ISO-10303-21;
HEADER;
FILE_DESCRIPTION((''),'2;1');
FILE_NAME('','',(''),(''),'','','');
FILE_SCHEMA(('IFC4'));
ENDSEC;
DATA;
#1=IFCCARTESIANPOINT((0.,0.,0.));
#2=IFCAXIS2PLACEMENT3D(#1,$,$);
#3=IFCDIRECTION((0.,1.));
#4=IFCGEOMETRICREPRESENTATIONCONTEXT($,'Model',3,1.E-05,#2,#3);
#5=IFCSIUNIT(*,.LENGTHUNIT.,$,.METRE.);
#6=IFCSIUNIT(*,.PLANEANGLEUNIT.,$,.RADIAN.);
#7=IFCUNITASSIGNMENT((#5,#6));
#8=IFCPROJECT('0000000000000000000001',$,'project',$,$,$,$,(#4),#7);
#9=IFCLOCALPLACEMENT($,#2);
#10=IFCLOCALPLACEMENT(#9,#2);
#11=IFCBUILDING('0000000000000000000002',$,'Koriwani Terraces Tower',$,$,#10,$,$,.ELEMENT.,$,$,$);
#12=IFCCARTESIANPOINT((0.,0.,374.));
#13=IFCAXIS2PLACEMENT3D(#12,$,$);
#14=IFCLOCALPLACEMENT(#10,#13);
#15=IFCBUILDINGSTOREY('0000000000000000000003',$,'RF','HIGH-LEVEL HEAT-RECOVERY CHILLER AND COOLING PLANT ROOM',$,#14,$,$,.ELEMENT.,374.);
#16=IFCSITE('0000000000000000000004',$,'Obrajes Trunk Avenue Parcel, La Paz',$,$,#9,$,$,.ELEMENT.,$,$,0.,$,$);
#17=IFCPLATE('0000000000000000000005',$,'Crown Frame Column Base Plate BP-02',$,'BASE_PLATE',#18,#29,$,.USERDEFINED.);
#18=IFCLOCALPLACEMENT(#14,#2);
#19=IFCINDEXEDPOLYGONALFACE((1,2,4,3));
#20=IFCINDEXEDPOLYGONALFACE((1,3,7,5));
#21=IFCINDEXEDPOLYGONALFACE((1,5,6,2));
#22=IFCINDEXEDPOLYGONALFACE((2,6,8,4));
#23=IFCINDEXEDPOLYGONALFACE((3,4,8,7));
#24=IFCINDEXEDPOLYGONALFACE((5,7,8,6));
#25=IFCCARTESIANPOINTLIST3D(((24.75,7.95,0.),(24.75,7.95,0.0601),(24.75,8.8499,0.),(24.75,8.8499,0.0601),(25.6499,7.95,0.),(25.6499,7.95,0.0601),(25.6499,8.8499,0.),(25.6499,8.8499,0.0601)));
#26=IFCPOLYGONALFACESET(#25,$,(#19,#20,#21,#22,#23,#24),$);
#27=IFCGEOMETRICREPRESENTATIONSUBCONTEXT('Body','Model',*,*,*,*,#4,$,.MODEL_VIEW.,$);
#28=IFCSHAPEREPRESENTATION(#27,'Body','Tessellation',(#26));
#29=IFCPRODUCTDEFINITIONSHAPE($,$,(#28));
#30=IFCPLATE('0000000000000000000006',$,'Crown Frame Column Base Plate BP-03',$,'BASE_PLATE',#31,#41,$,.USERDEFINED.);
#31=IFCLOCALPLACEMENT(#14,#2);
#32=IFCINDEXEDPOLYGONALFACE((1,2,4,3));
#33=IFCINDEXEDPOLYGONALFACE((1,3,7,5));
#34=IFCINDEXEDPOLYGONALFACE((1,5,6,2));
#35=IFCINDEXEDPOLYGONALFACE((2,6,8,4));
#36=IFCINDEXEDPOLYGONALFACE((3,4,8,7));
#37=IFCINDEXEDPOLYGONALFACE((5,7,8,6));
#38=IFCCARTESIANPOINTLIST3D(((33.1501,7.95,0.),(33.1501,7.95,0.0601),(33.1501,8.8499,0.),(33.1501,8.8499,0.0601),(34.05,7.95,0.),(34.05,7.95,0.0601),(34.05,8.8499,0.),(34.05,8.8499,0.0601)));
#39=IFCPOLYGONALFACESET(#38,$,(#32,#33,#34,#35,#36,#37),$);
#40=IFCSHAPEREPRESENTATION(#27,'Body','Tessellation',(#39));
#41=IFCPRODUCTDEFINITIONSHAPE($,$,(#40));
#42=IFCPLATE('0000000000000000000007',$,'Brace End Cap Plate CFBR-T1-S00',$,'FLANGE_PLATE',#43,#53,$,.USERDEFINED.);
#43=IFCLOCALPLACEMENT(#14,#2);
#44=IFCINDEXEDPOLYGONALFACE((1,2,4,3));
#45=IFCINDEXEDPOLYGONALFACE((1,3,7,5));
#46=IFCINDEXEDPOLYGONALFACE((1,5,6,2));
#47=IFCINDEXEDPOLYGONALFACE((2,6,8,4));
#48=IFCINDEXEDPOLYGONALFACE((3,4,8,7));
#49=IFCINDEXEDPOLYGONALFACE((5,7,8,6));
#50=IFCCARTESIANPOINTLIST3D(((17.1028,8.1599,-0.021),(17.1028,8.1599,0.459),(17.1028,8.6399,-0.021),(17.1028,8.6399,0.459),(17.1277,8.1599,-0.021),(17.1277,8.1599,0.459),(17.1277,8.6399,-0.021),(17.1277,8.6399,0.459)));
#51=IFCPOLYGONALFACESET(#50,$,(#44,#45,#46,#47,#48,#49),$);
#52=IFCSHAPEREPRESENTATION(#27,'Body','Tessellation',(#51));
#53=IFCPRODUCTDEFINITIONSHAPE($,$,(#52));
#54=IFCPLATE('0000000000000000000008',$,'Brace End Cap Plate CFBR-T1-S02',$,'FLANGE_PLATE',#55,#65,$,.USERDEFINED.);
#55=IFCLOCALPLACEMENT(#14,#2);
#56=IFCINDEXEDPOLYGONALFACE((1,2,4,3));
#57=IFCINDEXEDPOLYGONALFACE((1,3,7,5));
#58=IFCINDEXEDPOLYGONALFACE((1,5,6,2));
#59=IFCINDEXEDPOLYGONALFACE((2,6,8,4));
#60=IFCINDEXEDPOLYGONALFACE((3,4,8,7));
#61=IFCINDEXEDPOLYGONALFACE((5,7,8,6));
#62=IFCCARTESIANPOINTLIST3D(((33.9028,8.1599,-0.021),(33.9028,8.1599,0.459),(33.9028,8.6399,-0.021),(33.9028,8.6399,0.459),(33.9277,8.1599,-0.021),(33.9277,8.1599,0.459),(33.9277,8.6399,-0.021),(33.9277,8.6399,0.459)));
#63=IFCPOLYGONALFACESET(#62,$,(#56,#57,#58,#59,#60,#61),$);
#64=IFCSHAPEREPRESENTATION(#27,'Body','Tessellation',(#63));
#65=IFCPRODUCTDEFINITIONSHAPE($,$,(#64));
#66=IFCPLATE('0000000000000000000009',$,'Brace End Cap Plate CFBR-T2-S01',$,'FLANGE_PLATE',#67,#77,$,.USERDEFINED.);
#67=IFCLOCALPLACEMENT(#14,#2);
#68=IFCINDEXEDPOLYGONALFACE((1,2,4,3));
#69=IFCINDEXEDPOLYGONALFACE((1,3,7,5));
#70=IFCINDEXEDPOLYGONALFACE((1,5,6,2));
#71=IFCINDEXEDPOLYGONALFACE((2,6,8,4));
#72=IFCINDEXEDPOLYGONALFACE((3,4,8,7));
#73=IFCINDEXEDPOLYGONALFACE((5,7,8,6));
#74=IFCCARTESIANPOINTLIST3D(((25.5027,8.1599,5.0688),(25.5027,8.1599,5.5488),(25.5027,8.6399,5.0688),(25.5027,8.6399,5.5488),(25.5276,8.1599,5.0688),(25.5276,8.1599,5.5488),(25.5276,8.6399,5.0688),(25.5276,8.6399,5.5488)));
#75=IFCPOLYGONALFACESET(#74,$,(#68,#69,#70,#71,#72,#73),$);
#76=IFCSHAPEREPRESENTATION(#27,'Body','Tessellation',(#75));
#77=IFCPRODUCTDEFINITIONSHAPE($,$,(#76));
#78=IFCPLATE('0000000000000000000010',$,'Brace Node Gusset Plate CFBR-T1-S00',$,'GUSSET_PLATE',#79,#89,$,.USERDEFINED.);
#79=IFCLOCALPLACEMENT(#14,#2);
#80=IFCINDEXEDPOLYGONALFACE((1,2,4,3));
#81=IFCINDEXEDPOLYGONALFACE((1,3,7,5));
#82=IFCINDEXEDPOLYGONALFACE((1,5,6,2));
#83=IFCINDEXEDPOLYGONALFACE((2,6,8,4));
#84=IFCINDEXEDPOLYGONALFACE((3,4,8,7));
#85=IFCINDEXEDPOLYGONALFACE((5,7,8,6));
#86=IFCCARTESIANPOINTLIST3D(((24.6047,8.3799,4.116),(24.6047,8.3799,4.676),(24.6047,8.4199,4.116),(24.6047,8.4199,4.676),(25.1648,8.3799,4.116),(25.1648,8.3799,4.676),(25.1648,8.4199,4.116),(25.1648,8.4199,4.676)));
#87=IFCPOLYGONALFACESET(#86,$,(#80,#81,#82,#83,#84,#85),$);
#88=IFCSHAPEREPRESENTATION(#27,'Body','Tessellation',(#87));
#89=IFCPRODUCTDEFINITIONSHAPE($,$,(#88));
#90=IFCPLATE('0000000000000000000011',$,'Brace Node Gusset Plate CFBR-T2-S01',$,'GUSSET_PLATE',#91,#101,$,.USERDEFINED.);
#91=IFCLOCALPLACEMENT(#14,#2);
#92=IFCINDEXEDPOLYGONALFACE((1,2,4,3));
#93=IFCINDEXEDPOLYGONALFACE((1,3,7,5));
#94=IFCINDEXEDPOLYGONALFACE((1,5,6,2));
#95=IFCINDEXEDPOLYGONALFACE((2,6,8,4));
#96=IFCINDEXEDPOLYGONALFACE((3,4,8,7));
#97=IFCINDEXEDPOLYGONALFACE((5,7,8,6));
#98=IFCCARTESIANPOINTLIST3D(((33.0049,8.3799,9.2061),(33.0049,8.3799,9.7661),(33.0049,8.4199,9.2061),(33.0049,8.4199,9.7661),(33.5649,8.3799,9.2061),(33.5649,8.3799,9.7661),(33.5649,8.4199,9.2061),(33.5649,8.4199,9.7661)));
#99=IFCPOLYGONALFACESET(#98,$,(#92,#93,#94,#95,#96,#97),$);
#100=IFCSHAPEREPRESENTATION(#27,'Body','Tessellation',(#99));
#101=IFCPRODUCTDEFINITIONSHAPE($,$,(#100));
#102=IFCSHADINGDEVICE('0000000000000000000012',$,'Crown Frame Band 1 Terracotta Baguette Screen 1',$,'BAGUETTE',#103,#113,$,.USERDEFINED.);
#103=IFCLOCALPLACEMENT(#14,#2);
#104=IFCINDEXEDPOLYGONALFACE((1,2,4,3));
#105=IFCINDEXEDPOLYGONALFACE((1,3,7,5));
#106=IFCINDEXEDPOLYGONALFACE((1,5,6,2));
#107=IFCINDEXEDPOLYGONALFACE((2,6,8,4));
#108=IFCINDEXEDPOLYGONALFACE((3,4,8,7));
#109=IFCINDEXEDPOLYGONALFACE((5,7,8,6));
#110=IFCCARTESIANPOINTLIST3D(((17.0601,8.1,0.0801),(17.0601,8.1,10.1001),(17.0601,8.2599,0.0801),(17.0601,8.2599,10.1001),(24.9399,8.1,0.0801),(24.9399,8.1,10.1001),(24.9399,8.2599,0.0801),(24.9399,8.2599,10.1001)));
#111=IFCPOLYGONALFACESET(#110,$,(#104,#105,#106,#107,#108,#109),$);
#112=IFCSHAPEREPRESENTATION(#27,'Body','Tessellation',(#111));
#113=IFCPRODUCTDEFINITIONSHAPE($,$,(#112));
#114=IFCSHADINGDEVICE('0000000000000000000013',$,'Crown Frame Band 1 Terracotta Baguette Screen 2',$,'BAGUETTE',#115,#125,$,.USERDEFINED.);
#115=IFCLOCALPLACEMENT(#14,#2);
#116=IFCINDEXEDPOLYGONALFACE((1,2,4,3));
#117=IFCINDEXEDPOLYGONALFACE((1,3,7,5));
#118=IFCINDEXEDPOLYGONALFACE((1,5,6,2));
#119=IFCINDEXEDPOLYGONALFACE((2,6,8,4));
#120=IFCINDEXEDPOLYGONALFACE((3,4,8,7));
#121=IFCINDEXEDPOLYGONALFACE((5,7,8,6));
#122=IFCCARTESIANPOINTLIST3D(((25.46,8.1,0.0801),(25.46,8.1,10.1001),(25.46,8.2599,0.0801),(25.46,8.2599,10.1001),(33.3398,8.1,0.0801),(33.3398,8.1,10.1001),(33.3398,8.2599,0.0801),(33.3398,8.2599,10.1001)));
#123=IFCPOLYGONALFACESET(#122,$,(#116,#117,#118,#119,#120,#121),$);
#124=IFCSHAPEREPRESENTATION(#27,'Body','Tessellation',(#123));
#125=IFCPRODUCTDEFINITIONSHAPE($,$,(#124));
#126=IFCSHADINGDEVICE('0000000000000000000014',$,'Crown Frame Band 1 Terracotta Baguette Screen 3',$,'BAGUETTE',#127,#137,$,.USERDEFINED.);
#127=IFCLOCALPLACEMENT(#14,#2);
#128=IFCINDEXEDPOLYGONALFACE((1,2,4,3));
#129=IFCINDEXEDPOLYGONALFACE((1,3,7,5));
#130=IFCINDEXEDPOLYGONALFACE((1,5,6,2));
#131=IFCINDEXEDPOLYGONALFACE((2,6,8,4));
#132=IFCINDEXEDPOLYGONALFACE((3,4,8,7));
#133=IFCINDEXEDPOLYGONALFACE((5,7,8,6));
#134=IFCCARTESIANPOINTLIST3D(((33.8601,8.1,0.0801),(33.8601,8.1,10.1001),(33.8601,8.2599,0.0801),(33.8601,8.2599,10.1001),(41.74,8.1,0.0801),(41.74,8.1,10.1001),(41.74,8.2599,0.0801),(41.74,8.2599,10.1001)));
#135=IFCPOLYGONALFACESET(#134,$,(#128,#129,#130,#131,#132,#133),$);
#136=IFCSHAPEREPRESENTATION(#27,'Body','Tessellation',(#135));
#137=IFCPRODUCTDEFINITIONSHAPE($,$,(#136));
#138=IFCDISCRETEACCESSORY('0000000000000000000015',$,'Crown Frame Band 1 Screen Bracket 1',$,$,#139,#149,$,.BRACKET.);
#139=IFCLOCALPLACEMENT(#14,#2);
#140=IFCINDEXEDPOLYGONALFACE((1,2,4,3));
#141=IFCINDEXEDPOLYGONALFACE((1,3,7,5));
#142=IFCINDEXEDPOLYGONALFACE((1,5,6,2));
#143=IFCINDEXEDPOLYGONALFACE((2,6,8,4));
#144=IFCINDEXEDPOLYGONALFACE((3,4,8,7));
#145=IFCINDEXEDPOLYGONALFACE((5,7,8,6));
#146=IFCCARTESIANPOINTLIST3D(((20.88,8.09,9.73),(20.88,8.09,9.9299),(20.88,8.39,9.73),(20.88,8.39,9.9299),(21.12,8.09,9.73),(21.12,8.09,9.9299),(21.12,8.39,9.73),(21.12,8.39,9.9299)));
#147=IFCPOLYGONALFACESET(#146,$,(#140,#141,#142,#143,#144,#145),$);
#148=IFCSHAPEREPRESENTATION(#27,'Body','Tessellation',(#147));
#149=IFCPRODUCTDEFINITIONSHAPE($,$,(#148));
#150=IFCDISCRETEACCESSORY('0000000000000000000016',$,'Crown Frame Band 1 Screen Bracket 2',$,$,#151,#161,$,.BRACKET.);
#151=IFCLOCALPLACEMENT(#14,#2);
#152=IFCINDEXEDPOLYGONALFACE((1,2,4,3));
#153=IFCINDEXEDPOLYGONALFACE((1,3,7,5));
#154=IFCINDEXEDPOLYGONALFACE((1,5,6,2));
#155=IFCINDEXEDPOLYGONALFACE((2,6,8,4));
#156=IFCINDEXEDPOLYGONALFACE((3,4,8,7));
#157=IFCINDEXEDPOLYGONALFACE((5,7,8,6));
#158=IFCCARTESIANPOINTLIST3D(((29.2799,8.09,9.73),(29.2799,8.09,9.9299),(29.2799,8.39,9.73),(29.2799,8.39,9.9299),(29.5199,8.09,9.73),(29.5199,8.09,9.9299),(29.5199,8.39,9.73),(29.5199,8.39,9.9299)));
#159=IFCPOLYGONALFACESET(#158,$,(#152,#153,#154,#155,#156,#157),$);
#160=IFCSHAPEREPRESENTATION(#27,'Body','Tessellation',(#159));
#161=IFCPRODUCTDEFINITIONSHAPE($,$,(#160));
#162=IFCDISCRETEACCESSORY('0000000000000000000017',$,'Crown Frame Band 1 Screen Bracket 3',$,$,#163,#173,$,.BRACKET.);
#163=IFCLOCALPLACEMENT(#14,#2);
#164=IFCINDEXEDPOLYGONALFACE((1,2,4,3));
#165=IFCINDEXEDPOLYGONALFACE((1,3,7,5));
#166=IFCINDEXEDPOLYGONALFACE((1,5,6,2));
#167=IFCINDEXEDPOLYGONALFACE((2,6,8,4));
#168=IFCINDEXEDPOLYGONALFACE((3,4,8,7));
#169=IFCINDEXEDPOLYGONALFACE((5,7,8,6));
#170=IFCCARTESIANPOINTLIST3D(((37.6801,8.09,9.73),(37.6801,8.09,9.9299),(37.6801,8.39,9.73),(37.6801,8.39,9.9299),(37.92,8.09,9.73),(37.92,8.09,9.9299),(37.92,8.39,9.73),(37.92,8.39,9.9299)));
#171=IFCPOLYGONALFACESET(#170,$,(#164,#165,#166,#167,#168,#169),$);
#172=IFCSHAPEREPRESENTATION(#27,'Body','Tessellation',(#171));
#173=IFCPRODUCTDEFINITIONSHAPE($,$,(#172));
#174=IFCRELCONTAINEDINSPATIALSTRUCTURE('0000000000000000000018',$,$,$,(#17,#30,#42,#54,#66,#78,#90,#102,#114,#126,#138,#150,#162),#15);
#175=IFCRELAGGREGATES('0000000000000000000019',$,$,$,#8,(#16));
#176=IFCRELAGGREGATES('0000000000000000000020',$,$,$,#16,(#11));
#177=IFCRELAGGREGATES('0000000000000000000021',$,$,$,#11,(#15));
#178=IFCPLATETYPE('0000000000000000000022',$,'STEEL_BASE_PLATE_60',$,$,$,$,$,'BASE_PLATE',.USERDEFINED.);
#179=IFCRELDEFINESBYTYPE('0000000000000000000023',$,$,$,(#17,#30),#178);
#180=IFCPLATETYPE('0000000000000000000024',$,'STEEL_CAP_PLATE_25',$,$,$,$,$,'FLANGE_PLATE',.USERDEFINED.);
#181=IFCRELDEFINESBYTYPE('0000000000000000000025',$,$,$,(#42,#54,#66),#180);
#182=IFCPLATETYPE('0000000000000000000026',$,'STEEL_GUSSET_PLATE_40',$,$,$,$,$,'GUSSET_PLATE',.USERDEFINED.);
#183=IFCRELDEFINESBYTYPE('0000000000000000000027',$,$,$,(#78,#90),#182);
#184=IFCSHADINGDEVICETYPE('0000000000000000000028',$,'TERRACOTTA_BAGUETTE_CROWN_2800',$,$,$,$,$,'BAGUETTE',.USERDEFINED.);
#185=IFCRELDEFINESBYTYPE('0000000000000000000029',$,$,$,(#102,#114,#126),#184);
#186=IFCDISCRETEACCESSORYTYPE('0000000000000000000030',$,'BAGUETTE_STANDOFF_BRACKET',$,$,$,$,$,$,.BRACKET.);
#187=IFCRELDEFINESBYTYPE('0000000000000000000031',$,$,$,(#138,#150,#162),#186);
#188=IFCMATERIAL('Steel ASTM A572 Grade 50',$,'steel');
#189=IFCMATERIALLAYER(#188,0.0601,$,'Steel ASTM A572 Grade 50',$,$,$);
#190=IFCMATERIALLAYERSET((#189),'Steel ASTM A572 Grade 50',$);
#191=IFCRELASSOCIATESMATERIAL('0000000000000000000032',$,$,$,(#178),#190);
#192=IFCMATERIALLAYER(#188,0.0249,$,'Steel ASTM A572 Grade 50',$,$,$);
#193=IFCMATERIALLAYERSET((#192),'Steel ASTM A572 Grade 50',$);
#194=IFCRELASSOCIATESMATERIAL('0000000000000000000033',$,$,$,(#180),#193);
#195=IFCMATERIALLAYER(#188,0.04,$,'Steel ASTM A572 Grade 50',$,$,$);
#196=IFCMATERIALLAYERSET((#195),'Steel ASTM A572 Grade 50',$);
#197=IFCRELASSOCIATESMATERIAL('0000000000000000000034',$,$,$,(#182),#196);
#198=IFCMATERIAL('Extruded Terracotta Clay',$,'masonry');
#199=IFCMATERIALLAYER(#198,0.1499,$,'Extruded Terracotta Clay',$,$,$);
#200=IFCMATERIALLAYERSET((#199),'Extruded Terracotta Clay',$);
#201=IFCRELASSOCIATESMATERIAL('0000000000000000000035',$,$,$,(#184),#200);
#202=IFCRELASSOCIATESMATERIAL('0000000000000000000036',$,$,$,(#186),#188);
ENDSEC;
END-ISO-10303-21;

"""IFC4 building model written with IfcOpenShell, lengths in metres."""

from ifc_helpers import new_model, si_unit, direction, frame, origin, origin_2d, place, context, subcontext, project, spatial, rectangle, extrude, material, layer, layer_set, type_object, element, save


model = new_model("IFC4")

# Units and contexts
model_context = context("Model", 3, precision=1e-05, world=origin(), true_north=direction((0.0, 1.0)))
body_context = subcontext(model_context, "Body", "Model", "MODEL_VIEW")
ifc_project = project(units=[si_unit("LENGTHUNIT", "METRE"), si_unit("PLANEANGLEUNIT", "RADIAN")], contexts=[model_context])

# Site, building, storey
site_placement = place(None, origin())
site = spatial("IfcSite", under=ifc_project, at=site_placement, Name="Obrajes Trunk Avenue Parcel, La Paz", CompositionType="ELEMENT", RefElevation=0.0)
building_placement = place(site_placement, origin())
building = spatial("IfcBuilding", under=site, at=building_placement, Name="Koriwani Terraces Tower", CompositionType="ELEMENT")
storey_placement = place(building_placement, frame((0.0, 0.0, 374.0)))
storey = spatial("IfcBuildingStorey", under=building, at=storey_placement, Name="RF", Description="HIGH-LEVEL HEAT-RECOVERY CHILLER AND COOLING PLANT ROOM", CompositionType="ELEMENT", Elevation=374.0)

# Shared definitions
ifc_material_1 = material(Name="Steel ASTM A572 Grade 50", Category="steel")

# Plates
ifc_layer_1 = layer(ifc_material_1, 0.0601, Name="Steel ASTM A572 Grade 50")
ifc_layer_set_1 = layer_set([ifc_layer_1], Name="Steel ASTM A572 Grade 50")
plate_type_1 = type_object("IfcPlateType", Name="STEEL_BASE_PLATE_60", ElementType="BASE_PLATE", PredefinedType="USERDEFINED", material=ifc_layer_set_1)
for number, where, z_axis, x_axis, name in (
    (1, (25.2, 8.3999, 0.0), (0.0, 0.0, 1.0), (1.0, 0.0, 0.0), "Crown Frame Column Base Plate BP-02"),
    (2, (33.6001, 8.3999, 0.0), (0.0, 0.0, 1.0), (1.0, 0.0, 0.0), "Crown Frame Column Base Plate BP-03"),
):
    element("IfcPlate", number, at=place(storey_placement, frame(where, z_axis=z_axis, x_axis=x_axis)), inside=storey, type_object=plate_type_1, Name=name, ObjectType="BASE_PLATE", PredefinedType="USERDEFINED", context=body_context, shape_type="SweptSolid", body=[
        extrude(rectangle(XDim=0.8999, YDim=0.8999, at=origin_2d()), origin(), (0.0, 0.0, 1.0), 0.0601),
    ])
ifc_layer_2 = layer(ifc_material_1, 0.0249, Name="Steel ASTM A572 Grade 50")
ifc_layer_set_2 = layer_set([ifc_layer_2], Name="Steel ASTM A572 Grade 50")
plate_type_2 = type_object("IfcPlateType", Name="STEEL_CAP_PLATE_25", ElementType="FLANGE_PLATE", PredefinedType="USERDEFINED", material=ifc_layer_set_2)
for number, where, z_axis, x_axis, name in (
    (3, (17.1152, 8.3999, -0.021), (0.0, 0.0, 1.0), (1.0, 0.0, 0.0), "Brace End Cap Plate CFBR-T1-S00"),
    (4, (33.9153, 8.3999, -0.021), (0.0, 0.0, 1.0), (1.0, 0.0, 0.0), "Brace End Cap Plate CFBR-T1-S02"),
    (5, (25.5151, 8.3999, 5.0688), (0.0, 0.0, 1.0), (1.0, 0.0, 0.0), "Brace End Cap Plate CFBR-T2-S01"),
):
    element("IfcPlate", number, at=place(storey_placement, frame(where, z_axis=z_axis, x_axis=x_axis)), inside=storey, type_object=plate_type_2, Name=name, ObjectType="FLANGE_PLATE", PredefinedType="USERDEFINED", context=body_context, shape_type="SweptSolid", body=[
        extrude(rectangle(XDim=0.0249, YDim=0.48, at=origin_2d()), origin(), (0.0, 0.0, 1.0), 0.48),
    ])
ifc_layer_3 = layer(ifc_material_1, 0.04, Name="Steel ASTM A572 Grade 50")
ifc_layer_set_3 = layer_set([ifc_layer_3], Name="Steel ASTM A572 Grade 50")
plate_type_3 = type_object("IfcPlateType", Name="STEEL_GUSSET_PLATE_40", ElementType="GUSSET_PLATE", PredefinedType="USERDEFINED", material=ifc_layer_set_3)
for number, where, z_axis, x_axis, name in (
    (6, (24.8848, 8.3999, 4.116), (0.0, 0.0, 1.0), (1.0, 0.0, 0.0), "Brace Node Gusset Plate CFBR-T1-S00"),
    (7, (33.2849, 8.3999, 9.2061), (0.0, 0.0, 1.0), (1.0, 0.0, 0.0), "Brace Node Gusset Plate CFBR-T2-S01"),
):
    element("IfcPlate", number, at=place(storey_placement, frame(where, z_axis=z_axis, x_axis=x_axis)), inside=storey, type_object=plate_type_3, Name=name, ObjectType="GUSSET_PLATE", PredefinedType="USERDEFINED", context=body_context, shape_type="SweptSolid", body=[
        extrude(rectangle(XDim=0.5601, YDim=0.04, at=origin_2d()), origin(), (0.0, 0.0, 1.0), 0.5601),
    ])

# Shading devices
ifc_material_2 = material(Name="Extruded Terracotta Clay", Category="masonry")
ifc_layer_4 = layer(ifc_material_2, 0.1499, Name="Extruded Terracotta Clay")
ifc_layer_set_4 = layer_set([ifc_layer_4], Name="Extruded Terracotta Clay")
shading_device_type = type_object("IfcShadingDeviceType", Name="TERRACOTTA_BAGUETTE_CROWN_2800", ElementType="BAGUETTE", PredefinedType="USERDEFINED", material=ifc_layer_set_4)
for number, where, z_axis, x_axis, name in (
    (8, (21.0, 8.1799, 0.0801), (0.0, 0.0, 1.0), (1.0, 0.0, 0.0), "Crown Frame Band 1 Terracotta Baguette Screen 1"),
    (9, (29.3999, 8.1799, 0.0801), (0.0, 0.0, 1.0), (1.0, 0.0, 0.0), "Crown Frame Band 1 Terracotta Baguette Screen 2"),
    (10, (37.8, 8.1799, 0.0801), (0.0, 0.0, 1.0), (1.0, 0.0, 0.0), "Crown Frame Band 1 Terracotta Baguette Screen 3"),
):
    element("IfcShadingDevice", number, at=place(storey_placement, frame(where, z_axis=z_axis, x_axis=x_axis)), inside=storey, type_object=shading_device_type, Name=name, ObjectType="BAGUETTE", PredefinedType="USERDEFINED", context=body_context, shape_type="SweptSolid", body=[
        extrude(rectangle(XDim=7.8799, YDim=0.1599, at=origin_2d()), origin(), (0.0, 0.0, 1.0), 10.02),
    ])

# Discrete accessories
discrete_accessory_type = type_object("IfcDiscreteAccessoryType", Name="BAGUETTE_STANDOFF_BRACKET", PredefinedType="BRACKET", material=ifc_material_1)
for number, where, z_axis, x_axis, name in (
    (11, (21.0, 8.24, 9.73), (0.0, 0.0, 1.0), (1.0, 0.0, 0.0), "Crown Frame Band 1 Screen Bracket 1"),
    (12, (29.3999, 8.24, 9.73), (0.0, 0.0, 1.0), (1.0, 0.0, 0.0), "Crown Frame Band 1 Screen Bracket 2"),
    (13, (37.8, 8.24, 9.73), (0.0, 0.0, 1.0), (1.0, 0.0, 0.0), "Crown Frame Band 1 Screen Bracket 3"),
):
    element("IfcDiscreteAccessory", number, at=place(storey_placement, frame(where, z_axis=z_axis, x_axis=x_axis)), inside=storey, type_object=discrete_accessory_type, Name=name, PredefinedType="BRACKET", context=body_context, shape_type="SweptSolid", body=[
        extrude(rectangle(XDim=0.24, YDim=0.3, at=origin_2d()), origin(), (0.0, 0.0, 1.0), 0.2),
    ])

save(model, "model.ifc")
